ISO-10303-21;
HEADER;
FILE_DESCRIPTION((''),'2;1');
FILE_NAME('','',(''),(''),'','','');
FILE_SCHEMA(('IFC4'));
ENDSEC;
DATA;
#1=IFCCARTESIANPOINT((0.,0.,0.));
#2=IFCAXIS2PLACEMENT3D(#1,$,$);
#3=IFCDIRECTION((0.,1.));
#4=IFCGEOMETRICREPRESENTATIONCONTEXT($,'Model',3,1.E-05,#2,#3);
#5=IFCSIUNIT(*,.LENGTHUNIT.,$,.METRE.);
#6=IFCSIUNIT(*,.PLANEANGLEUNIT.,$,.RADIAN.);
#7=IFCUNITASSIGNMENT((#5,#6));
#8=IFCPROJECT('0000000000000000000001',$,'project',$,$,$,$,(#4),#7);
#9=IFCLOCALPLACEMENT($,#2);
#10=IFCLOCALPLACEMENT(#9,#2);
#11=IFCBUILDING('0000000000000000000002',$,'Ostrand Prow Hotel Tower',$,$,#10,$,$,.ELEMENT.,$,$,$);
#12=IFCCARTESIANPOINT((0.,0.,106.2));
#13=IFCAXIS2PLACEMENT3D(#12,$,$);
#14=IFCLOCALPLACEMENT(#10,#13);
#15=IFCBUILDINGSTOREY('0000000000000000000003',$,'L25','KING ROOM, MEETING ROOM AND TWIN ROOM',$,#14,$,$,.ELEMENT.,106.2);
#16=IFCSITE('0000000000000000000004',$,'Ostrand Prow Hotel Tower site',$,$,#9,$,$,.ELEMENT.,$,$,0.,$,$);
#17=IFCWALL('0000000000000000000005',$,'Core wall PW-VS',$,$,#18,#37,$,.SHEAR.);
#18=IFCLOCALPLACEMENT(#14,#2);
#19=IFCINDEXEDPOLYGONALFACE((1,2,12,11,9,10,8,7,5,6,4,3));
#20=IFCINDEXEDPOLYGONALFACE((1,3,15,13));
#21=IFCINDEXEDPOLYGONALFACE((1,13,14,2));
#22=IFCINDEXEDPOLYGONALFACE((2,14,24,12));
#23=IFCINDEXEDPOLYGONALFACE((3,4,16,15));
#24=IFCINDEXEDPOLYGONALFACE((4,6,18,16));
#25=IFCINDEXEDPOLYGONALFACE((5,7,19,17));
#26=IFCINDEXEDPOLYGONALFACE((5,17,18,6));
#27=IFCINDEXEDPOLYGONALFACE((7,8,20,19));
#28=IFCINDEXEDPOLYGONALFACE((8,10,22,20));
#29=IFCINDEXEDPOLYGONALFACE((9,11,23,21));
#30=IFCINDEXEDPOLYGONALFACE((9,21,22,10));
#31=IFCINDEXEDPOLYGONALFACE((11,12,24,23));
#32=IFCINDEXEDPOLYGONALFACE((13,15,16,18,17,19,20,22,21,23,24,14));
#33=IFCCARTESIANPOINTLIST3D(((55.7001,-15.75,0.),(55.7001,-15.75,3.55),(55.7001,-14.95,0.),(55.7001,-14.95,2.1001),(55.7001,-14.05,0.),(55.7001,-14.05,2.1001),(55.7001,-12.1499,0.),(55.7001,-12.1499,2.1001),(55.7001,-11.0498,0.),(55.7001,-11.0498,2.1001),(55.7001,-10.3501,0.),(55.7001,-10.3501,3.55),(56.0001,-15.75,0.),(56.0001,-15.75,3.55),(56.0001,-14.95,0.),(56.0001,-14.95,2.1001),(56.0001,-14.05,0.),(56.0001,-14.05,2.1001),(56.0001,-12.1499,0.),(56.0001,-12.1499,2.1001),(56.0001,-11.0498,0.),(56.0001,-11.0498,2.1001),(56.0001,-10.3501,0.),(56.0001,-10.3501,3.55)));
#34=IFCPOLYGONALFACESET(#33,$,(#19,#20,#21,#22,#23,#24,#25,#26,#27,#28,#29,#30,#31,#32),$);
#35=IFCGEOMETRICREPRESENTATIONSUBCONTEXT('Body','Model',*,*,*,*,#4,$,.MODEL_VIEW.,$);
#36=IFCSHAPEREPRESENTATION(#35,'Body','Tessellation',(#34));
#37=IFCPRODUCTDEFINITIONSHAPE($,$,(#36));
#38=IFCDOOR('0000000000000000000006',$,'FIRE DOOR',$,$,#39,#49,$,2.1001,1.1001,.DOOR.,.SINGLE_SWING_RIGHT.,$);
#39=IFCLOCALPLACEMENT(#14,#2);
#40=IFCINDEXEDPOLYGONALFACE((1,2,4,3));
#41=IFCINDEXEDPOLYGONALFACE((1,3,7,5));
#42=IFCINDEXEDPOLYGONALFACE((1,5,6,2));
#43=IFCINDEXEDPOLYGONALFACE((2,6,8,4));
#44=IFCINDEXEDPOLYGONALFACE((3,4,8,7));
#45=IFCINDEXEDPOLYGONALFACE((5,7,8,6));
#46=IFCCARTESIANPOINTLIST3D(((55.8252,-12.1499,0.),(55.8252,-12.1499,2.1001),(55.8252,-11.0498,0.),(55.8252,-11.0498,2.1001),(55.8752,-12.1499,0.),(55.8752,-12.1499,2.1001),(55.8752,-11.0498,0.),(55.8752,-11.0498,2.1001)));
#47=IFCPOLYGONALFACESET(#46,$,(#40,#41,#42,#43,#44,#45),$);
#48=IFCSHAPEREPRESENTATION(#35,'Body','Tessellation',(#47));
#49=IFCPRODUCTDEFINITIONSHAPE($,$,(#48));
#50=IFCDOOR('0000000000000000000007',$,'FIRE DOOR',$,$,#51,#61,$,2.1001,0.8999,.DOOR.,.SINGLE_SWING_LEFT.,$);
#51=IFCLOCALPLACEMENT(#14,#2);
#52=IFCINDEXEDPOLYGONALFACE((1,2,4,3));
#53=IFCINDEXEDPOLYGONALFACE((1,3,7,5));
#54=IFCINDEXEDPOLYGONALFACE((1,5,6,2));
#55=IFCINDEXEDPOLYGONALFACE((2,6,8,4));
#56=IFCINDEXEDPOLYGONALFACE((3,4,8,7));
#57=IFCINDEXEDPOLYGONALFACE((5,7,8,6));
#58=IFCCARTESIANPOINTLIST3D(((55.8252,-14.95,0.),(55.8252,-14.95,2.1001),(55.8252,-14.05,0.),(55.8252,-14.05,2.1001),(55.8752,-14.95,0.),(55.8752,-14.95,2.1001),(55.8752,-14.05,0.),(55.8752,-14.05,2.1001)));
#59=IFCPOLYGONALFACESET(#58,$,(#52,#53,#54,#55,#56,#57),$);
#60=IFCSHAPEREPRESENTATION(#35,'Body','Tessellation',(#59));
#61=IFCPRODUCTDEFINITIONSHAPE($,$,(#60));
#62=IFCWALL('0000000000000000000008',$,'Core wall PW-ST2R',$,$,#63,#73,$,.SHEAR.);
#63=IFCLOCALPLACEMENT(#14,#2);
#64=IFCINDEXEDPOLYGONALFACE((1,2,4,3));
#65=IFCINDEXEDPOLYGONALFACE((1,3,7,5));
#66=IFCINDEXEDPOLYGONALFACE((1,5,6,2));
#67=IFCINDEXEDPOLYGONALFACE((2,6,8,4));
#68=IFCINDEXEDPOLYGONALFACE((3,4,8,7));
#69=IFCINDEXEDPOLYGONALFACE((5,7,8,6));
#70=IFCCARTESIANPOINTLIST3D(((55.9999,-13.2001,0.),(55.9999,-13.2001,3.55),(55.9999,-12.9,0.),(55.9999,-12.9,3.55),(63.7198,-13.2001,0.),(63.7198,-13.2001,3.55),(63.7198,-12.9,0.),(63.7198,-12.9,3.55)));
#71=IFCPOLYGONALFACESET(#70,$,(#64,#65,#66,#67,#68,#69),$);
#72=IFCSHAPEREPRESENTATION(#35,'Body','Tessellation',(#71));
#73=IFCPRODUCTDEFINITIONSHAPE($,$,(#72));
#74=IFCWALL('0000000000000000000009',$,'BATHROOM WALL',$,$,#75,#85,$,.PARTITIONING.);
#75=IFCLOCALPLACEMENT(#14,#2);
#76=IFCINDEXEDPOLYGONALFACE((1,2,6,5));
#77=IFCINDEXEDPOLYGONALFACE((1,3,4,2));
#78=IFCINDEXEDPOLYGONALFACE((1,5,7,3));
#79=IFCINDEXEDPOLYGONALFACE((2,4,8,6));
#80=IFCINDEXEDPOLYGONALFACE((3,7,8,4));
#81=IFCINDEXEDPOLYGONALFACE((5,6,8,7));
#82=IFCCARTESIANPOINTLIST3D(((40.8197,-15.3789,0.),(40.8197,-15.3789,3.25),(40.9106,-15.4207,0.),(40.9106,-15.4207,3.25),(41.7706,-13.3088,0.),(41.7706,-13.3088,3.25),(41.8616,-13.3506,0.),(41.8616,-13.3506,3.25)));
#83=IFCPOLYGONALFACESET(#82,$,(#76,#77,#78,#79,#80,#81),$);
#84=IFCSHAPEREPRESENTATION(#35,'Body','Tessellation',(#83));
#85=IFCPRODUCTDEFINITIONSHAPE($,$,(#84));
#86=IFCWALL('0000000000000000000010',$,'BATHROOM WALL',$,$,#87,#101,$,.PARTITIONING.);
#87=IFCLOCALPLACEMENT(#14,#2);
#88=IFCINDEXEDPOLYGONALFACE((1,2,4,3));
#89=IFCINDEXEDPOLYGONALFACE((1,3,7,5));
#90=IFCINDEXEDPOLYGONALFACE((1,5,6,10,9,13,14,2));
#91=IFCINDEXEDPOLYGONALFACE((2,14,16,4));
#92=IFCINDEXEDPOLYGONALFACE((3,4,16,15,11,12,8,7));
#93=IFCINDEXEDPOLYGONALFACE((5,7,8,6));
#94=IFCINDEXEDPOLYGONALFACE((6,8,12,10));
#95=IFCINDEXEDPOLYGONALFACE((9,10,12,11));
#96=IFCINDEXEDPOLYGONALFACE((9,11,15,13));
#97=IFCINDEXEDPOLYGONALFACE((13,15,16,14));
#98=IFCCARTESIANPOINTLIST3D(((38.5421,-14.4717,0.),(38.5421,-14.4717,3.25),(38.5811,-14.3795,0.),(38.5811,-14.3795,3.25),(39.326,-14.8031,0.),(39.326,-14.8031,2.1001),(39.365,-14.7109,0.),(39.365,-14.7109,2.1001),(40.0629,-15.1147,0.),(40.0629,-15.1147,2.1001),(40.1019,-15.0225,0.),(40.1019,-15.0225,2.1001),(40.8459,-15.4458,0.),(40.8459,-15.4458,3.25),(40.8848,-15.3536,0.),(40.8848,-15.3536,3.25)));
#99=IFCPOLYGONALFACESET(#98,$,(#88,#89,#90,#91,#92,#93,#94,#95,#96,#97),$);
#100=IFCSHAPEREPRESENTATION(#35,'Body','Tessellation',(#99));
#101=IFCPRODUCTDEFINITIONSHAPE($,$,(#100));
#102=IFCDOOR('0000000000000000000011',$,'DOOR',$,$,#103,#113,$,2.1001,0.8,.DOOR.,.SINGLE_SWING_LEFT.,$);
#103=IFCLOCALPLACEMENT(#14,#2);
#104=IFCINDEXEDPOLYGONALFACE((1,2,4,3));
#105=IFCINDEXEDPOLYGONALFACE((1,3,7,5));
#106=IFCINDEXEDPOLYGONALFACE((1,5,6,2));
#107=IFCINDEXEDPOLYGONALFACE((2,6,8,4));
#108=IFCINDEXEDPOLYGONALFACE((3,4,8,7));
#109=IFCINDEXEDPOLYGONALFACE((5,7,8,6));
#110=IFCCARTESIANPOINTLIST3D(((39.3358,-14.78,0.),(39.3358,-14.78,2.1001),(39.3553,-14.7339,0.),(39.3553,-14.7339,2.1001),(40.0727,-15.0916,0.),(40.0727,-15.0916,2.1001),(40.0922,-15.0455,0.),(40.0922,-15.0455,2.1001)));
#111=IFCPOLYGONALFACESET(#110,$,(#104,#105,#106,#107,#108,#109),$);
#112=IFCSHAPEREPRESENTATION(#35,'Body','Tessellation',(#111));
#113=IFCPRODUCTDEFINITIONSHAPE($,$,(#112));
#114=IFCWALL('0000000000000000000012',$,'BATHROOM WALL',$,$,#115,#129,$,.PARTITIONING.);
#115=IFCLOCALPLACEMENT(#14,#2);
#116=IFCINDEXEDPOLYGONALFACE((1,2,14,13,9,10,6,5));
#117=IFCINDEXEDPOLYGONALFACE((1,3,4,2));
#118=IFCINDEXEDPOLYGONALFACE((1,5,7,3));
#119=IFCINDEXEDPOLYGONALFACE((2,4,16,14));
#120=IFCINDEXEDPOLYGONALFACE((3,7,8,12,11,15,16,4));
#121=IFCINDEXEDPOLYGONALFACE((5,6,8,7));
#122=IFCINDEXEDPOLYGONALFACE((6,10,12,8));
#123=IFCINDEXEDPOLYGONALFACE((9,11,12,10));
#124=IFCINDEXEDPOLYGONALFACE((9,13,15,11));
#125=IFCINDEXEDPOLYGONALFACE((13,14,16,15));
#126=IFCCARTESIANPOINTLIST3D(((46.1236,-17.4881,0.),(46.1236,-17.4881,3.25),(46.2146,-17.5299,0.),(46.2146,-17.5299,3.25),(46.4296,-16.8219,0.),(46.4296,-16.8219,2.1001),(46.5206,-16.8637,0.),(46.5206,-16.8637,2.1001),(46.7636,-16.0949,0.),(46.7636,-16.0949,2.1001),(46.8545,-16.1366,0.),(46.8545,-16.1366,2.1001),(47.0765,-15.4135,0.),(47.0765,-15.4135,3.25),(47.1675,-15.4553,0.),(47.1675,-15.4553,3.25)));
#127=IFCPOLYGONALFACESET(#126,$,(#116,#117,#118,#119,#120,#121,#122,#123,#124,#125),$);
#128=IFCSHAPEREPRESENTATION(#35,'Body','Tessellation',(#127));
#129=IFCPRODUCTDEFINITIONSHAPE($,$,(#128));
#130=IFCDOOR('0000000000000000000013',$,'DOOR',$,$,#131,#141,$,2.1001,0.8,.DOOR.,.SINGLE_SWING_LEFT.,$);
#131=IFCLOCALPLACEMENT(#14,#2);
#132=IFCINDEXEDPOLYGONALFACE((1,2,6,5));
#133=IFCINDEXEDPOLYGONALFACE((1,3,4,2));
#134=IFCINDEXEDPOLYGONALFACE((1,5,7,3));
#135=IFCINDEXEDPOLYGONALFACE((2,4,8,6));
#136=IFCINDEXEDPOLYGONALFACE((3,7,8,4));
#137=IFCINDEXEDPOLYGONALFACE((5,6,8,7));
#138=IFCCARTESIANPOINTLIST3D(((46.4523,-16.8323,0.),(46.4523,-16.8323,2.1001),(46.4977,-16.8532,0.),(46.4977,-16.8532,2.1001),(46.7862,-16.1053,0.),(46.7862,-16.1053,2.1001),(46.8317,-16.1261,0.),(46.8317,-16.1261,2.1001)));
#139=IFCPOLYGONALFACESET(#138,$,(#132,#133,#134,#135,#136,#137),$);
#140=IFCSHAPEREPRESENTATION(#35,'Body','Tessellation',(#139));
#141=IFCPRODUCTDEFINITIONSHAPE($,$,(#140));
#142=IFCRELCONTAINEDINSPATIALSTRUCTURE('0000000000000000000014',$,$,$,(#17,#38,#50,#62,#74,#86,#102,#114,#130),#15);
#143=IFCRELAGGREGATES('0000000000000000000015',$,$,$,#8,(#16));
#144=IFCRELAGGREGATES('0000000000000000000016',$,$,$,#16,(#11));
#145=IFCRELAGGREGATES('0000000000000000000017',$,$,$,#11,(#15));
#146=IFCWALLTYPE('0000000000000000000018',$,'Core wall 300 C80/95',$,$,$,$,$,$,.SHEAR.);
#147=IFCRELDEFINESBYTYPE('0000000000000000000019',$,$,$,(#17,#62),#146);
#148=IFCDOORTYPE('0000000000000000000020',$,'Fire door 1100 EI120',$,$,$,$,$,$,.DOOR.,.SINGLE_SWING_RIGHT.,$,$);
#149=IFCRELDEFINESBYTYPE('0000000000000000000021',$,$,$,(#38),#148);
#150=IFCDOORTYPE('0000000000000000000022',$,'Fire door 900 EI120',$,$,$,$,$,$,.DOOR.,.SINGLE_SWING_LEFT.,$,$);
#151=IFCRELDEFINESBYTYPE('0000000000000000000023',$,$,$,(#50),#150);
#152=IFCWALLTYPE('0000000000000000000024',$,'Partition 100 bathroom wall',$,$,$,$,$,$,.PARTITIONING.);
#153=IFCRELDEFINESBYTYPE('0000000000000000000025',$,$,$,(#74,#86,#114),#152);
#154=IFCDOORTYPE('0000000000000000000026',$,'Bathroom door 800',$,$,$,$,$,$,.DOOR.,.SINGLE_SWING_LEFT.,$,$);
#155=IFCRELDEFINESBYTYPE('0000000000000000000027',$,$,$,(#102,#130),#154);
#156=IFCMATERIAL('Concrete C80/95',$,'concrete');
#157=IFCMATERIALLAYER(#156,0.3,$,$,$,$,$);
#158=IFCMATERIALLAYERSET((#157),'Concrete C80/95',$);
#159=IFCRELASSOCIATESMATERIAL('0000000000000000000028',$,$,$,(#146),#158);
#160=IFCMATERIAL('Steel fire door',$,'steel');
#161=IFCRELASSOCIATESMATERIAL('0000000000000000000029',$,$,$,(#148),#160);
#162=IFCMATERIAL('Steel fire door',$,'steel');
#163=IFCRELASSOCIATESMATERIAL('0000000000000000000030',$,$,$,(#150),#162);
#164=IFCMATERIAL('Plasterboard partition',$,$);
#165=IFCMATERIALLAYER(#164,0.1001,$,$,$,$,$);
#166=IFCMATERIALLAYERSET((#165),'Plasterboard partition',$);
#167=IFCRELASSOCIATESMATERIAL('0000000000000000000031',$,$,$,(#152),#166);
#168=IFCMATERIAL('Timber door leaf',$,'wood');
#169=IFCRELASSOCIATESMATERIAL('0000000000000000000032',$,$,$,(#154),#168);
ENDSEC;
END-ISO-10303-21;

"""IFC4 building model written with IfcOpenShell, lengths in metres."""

from ifc_helpers import new_model, si_unit, direction, frame, frame_2d, origin, place, context, subcontext, project, spatial, rectangle, extrude, material, layer, layer_set, type_object, element, fill, save


model = new_model("IFC4")

# Units and contexts
model_context = context("Model", 3, precision=1e-05, world=origin(), true_north=direction((0.0, 1.0)))
body_context = subcontext(model_context, "Body", "Model", "MODEL_VIEW")
ifc_project = project(units=[si_unit("LENGTHUNIT", "METRE"), si_unit("PLANEANGLEUNIT", "RADIAN")], contexts=[model_context])

# Site, building, storey
site_placement = place(None, origin())
site = spatial("IfcSite", under=ifc_project, at=site_placement, Name="Ostrand Prow Hotel Tower site", CompositionType="ELEMENT", RefElevation=0.0)
building_placement = place(site_placement, origin())
building = spatial("IfcBuilding", under=site, at=building_placement, Name="Ostrand Prow Hotel Tower", CompositionType="ELEMENT")
storey_placement = place(building_placement, frame((0.0, 0.0, 106.2)))
storey = spatial("IfcBuildingStorey", under=building, at=storey_placement, Name="L25", Description="KING ROOM, MEETING ROOM AND TWIN ROOM", CompositionType="ELEMENT", Elevation=106.2)

# Wall, openings, doors
ifc_material_1 = material(Name="Concrete C80/95", Category="concrete")
ifc_layer_1 = layer(ifc_material_1, 0.3)
ifc_layer_set_1 = layer_set([ifc_layer_1], Name="Concrete C80/95")
wall_type_1 = type_object("IfcWallType", Name="Core wall 300 C80/95", PredefinedType="SHEAR", material=ifc_layer_set_1)
wall_1_placement = place(storey_placement, frame((55.8501, -15.75, 0.0), z_axis=(0.0, 0.0, 1.0), x_axis=(0.0, 1.0, 0.0)))
wall_1 = element("IfcWall", 1, at=wall_1_placement, inside=storey, type_object=wall_type_1, Name="Core wall PW-VS", PredefinedType="SHEAR", context=body_context, shape_type="SweptSolid", body=[
    extrude(rectangle(XDim=5.3999, YDim=0.3, at=frame_2d((2.7, 0.0))), origin(), (0.0, 0.0, 1.0), 3.55),
])
opening_1_placement = place(wall_1_placement, frame((3.6001, 0.0, 0.0)))
opening_1 = element("IfcOpeningElement", 2, at=opening_1_placement, cuts=wall_1, PredefinedType="OPENING", context=body_context, shape_type="SweptSolid", body=[
    extrude(rectangle(XDim=1.1001, YDim=2.1001, at=frame_2d((0.55, 1.05))), frame((0.0, 0.1599, 0.0), z_axis=(0.0, -1.0, 0.0), x_axis=(1.0, 0.0, 0.0)), (0.0, 0.0, 1.0), 0.3201),
])
opening_2_placement = place(wall_1_placement, frame((0.8, 0.0, 0.0)))
opening_2 = element("IfcOpeningElement", 3, at=opening_2_placement, cuts=wall_1, PredefinedType="OPENING", context=body_context, shape_type="SweptSolid", body=[
    extrude(rectangle(XDim=0.8999, YDim=2.1001, at=frame_2d((0.45, 1.05))), frame((0.0, 0.1599, 0.0), z_axis=(0.0, -1.0, 0.0), x_axis=(1.0, 0.0, 0.0)), (0.0, 0.0, 1.0), 0.3201),
])
ifc_material_2 = material(Name="Steel fire door", Category="steel")
door_type_1 = type_object("IfcDoorType", Name="Fire door 1100 EI120", OperationType="SINGLE_SWING_RIGHT", PredefinedType="DOOR", material=ifc_material_2)
door_1_placement = place(opening_1_placement, origin())
door_1 = element("IfcDoor", 4, at=door_1_placement, inside=storey, type_object=door_type_1, Name="FIRE DOOR", OperationType="SINGLE_SWING_RIGHT", OverallHeight=2.1001, OverallWidth=1.1001, PredefinedType="DOOR", context=body_context, shape_type="SweptSolid", body=[
    extrude(rectangle(XDim=1.1001, YDim=2.1001, at=frame_2d((0.55, 1.05))), frame((0.0, 0.0249, 0.0), z_axis=(0.0, -1.0, 0.0), x_axis=(1.0, 0.0, 0.0)), (0.0, 0.0, 1.0), 0.05),
])
fill(opening_1, door_1)
ifc_material_3 = material(Name="Steel fire door", Category="steel")
door_type_2 = type_object("IfcDoorType", Name="Fire door 900 EI120", OperationType="SINGLE_SWING_LEFT", PredefinedType="DOOR", material=ifc_material_3)
door_2_placement = place(opening_2_placement, origin())
door_2 = element("IfcDoor", 5, at=door_2_placement, inside=storey, type_object=door_type_2, Name="FIRE DOOR", OperationType="SINGLE_SWING_LEFT", OverallHeight=2.1001, OverallWidth=0.8999, PredefinedType="DOOR", context=body_context, shape_type="SweptSolid", body=[
    extrude(rectangle(XDim=0.8999, YDim=2.1001, at=frame_2d((0.45, 1.05))), frame((0.0, 0.0249, 0.0), z_axis=(0.0, -1.0, 0.0), x_axis=(1.0, 0.0, 0.0)), (0.0, 0.0, 1.0), 0.05),
])
fill(opening_2, door_2)

# Walls
wall_2_placement = place(storey_placement, frame((56.0, -13.05, 0.0), z_axis=(0.0, 0.0, 1.0), x_axis=(1.0, 0.0, 0.0)))
element("IfcWall", 6, at=wall_2_placement, inside=storey, type_object=wall_type_1, Name="Core wall PW-ST2R", PredefinedType="SHEAR", context=body_context, shape_type="SweptSolid", body=[
    extrude(rectangle(XDim=7.72, YDim=0.3, at=frame_2d((3.8599, 0.0))), origin(), (0.0, 0.0, 1.0), 3.55),
])
ifc_material_4 = material(Name="Plasterboard partition")
ifc_layer_2 = layer(ifc_material_4, 0.1001)
ifc_layer_set_2 = layer_set([ifc_layer_2], Name="Plasterboard partition")
wall_type_2 = type_object("IfcWallType", Name="Partition 100 bathroom wall", PredefinedType="PARTITIONING", material=ifc_layer_set_2)
wall_3_placement = place(storey_placement, frame((41.8162, -13.3296, 0.0), z_axis=(0.0, 0.0, 1.0), x_axis=(-0.417433, -0.908708, 0.0)))
element("IfcWall", 7, at=wall_3_placement, inside=storey, type_object=wall_type_2, Name="BATHROOM WALL", PredefinedType="PARTITIONING", context=body_context, shape_type="SweptSolid", body=[
    extrude(rectangle(XDim=2.2781, YDim=0.1001, at=frame_2d((1.1392, 0.0))), origin(), (0.0, 0.0, 1.0), 3.25),
])

# Walls, openings, doors
wall_4_placement = place(storey_placement, frame((40.8652, -15.3997, 0.0), z_axis=(0.0, 0.0, 1.0), x_axis=(-0.921043, 0.389462, 0.0)))
wall_4 = element("IfcWall", 8, at=wall_4_placement, inside=storey, type_object=wall_type_2, Name="BATHROOM WALL", PredefinedType="PARTITIONING", context=body_context, shape_type="SweptSolid", body=[
    extrude(rectangle(XDim=2.5012, YDim=0.1001, at=frame_2d((1.2505, 0.0))), origin(), (0.0, 0.0, 1.0), 3.25),
])
opening_3_placement = place(wall_4_placement, frame((0.8501, 0.0, 0.0)))
opening_3 = element("IfcOpeningElement", 9, at=opening_3_placement, cuts=wall_4, PredefinedType="OPENING", context=body_context, shape_type="SweptSolid", body=[
    extrude(rectangle(XDim=0.8, YDim=2.1001, at=frame_2d((0.3999, 1.05))), frame((0.0, 0.0601, 0.0), z_axis=(0.0, -1.0, 0.0), x_axis=(1.0, 0.0, 0.0)), (0.0, 0.0, 1.0), 0.1201),
])
ifc_material_5 = material(Name="Timber door leaf", Category="wood")
door_type_3 = type_object("IfcDoorType", Name="Bathroom door 800", OperationType="SINGLE_SWING_LEFT", PredefinedType="DOOR", material=ifc_material_5)
door_3_placement = place(opening_3_placement, origin())
door_3 = element("IfcDoor", 10, at=door_3_placement, inside=storey, type_object=door_type_3, Name="DOOR", OperationType="SINGLE_SWING_LEFT", OverallHeight=2.1001, OverallWidth=0.8, PredefinedType="DOOR", context=body_context, shape_type="SweptSolid", body=[
    extrude(rectangle(XDim=0.8, YDim=2.1001, at=frame_2d((0.3999, 1.05))), frame((0.0, 0.0249, 0.0), z_axis=(0.0, -1.0, 0.0), x_axis=(1.0, 0.0, 0.0)), (0.0, 0.0, 1.0), 0.05),
])
fill(opening_3, door_3)
wall_5_placement = place(storey_placement, frame((47.1221, -15.4343, 0.0), z_axis=(0.0, 0.0, 1.0), x_axis=(-0.417409, -0.908719, 0.0)))
wall_5 = element("IfcWall", 11, at=wall_5_placement, inside=storey, type_object=wall_type_2, Name="BATHROOM WALL", PredefinedType="PARTITIONING", context=body_context, shape_type="SweptSolid", body=[
    extrude(rectangle(XDim=2.283, YDim=0.1001, at=frame_2d((1.1416, 0.0))), origin(), (0.0, 0.0, 1.0), 3.25),
])
opening_4_placement = place(wall_5_placement, frame((0.75, 0.0, 0.0)))
opening_4 = element("IfcOpeningElement", 12, at=opening_4_placement, cuts=wall_5, PredefinedType="OPENING", context=body_context, shape_type="SweptSolid", body=[
    extrude(rectangle(XDim=0.8, YDim=2.1001, at=frame_2d((0.3999, 1.05))), frame((0.0, 0.0601, 0.0), z_axis=(0.0, -1.0, 0.0), x_axis=(1.0, 0.0, 0.0)), (0.0, 0.0, 1.0), 0.1201),
])
door_4_placement = place(opening_4_placement, origin())
door_4 = element("IfcDoor", 13, at=door_4_placement, inside=storey, type_object=door_type_3, Name="DOOR", OperationType="SINGLE_SWING_LEFT", OverallHeight=2.1001, OverallWidth=0.8, PredefinedType="DOOR", context=body_context, shape_type="SweptSolid", body=[
    extrude(rectangle(XDim=0.8, YDim=2.1001, at=frame_2d((0.3999, 1.05))), frame((0.0, 0.0249, 0.0), z_axis=(0.0, -1.0, 0.0), x_axis=(1.0, 0.0, 0.0)), (0.0, 0.0, 1.0), 0.05),
])
fill(opening_4, door_4)

save(model, "model.ifc")
